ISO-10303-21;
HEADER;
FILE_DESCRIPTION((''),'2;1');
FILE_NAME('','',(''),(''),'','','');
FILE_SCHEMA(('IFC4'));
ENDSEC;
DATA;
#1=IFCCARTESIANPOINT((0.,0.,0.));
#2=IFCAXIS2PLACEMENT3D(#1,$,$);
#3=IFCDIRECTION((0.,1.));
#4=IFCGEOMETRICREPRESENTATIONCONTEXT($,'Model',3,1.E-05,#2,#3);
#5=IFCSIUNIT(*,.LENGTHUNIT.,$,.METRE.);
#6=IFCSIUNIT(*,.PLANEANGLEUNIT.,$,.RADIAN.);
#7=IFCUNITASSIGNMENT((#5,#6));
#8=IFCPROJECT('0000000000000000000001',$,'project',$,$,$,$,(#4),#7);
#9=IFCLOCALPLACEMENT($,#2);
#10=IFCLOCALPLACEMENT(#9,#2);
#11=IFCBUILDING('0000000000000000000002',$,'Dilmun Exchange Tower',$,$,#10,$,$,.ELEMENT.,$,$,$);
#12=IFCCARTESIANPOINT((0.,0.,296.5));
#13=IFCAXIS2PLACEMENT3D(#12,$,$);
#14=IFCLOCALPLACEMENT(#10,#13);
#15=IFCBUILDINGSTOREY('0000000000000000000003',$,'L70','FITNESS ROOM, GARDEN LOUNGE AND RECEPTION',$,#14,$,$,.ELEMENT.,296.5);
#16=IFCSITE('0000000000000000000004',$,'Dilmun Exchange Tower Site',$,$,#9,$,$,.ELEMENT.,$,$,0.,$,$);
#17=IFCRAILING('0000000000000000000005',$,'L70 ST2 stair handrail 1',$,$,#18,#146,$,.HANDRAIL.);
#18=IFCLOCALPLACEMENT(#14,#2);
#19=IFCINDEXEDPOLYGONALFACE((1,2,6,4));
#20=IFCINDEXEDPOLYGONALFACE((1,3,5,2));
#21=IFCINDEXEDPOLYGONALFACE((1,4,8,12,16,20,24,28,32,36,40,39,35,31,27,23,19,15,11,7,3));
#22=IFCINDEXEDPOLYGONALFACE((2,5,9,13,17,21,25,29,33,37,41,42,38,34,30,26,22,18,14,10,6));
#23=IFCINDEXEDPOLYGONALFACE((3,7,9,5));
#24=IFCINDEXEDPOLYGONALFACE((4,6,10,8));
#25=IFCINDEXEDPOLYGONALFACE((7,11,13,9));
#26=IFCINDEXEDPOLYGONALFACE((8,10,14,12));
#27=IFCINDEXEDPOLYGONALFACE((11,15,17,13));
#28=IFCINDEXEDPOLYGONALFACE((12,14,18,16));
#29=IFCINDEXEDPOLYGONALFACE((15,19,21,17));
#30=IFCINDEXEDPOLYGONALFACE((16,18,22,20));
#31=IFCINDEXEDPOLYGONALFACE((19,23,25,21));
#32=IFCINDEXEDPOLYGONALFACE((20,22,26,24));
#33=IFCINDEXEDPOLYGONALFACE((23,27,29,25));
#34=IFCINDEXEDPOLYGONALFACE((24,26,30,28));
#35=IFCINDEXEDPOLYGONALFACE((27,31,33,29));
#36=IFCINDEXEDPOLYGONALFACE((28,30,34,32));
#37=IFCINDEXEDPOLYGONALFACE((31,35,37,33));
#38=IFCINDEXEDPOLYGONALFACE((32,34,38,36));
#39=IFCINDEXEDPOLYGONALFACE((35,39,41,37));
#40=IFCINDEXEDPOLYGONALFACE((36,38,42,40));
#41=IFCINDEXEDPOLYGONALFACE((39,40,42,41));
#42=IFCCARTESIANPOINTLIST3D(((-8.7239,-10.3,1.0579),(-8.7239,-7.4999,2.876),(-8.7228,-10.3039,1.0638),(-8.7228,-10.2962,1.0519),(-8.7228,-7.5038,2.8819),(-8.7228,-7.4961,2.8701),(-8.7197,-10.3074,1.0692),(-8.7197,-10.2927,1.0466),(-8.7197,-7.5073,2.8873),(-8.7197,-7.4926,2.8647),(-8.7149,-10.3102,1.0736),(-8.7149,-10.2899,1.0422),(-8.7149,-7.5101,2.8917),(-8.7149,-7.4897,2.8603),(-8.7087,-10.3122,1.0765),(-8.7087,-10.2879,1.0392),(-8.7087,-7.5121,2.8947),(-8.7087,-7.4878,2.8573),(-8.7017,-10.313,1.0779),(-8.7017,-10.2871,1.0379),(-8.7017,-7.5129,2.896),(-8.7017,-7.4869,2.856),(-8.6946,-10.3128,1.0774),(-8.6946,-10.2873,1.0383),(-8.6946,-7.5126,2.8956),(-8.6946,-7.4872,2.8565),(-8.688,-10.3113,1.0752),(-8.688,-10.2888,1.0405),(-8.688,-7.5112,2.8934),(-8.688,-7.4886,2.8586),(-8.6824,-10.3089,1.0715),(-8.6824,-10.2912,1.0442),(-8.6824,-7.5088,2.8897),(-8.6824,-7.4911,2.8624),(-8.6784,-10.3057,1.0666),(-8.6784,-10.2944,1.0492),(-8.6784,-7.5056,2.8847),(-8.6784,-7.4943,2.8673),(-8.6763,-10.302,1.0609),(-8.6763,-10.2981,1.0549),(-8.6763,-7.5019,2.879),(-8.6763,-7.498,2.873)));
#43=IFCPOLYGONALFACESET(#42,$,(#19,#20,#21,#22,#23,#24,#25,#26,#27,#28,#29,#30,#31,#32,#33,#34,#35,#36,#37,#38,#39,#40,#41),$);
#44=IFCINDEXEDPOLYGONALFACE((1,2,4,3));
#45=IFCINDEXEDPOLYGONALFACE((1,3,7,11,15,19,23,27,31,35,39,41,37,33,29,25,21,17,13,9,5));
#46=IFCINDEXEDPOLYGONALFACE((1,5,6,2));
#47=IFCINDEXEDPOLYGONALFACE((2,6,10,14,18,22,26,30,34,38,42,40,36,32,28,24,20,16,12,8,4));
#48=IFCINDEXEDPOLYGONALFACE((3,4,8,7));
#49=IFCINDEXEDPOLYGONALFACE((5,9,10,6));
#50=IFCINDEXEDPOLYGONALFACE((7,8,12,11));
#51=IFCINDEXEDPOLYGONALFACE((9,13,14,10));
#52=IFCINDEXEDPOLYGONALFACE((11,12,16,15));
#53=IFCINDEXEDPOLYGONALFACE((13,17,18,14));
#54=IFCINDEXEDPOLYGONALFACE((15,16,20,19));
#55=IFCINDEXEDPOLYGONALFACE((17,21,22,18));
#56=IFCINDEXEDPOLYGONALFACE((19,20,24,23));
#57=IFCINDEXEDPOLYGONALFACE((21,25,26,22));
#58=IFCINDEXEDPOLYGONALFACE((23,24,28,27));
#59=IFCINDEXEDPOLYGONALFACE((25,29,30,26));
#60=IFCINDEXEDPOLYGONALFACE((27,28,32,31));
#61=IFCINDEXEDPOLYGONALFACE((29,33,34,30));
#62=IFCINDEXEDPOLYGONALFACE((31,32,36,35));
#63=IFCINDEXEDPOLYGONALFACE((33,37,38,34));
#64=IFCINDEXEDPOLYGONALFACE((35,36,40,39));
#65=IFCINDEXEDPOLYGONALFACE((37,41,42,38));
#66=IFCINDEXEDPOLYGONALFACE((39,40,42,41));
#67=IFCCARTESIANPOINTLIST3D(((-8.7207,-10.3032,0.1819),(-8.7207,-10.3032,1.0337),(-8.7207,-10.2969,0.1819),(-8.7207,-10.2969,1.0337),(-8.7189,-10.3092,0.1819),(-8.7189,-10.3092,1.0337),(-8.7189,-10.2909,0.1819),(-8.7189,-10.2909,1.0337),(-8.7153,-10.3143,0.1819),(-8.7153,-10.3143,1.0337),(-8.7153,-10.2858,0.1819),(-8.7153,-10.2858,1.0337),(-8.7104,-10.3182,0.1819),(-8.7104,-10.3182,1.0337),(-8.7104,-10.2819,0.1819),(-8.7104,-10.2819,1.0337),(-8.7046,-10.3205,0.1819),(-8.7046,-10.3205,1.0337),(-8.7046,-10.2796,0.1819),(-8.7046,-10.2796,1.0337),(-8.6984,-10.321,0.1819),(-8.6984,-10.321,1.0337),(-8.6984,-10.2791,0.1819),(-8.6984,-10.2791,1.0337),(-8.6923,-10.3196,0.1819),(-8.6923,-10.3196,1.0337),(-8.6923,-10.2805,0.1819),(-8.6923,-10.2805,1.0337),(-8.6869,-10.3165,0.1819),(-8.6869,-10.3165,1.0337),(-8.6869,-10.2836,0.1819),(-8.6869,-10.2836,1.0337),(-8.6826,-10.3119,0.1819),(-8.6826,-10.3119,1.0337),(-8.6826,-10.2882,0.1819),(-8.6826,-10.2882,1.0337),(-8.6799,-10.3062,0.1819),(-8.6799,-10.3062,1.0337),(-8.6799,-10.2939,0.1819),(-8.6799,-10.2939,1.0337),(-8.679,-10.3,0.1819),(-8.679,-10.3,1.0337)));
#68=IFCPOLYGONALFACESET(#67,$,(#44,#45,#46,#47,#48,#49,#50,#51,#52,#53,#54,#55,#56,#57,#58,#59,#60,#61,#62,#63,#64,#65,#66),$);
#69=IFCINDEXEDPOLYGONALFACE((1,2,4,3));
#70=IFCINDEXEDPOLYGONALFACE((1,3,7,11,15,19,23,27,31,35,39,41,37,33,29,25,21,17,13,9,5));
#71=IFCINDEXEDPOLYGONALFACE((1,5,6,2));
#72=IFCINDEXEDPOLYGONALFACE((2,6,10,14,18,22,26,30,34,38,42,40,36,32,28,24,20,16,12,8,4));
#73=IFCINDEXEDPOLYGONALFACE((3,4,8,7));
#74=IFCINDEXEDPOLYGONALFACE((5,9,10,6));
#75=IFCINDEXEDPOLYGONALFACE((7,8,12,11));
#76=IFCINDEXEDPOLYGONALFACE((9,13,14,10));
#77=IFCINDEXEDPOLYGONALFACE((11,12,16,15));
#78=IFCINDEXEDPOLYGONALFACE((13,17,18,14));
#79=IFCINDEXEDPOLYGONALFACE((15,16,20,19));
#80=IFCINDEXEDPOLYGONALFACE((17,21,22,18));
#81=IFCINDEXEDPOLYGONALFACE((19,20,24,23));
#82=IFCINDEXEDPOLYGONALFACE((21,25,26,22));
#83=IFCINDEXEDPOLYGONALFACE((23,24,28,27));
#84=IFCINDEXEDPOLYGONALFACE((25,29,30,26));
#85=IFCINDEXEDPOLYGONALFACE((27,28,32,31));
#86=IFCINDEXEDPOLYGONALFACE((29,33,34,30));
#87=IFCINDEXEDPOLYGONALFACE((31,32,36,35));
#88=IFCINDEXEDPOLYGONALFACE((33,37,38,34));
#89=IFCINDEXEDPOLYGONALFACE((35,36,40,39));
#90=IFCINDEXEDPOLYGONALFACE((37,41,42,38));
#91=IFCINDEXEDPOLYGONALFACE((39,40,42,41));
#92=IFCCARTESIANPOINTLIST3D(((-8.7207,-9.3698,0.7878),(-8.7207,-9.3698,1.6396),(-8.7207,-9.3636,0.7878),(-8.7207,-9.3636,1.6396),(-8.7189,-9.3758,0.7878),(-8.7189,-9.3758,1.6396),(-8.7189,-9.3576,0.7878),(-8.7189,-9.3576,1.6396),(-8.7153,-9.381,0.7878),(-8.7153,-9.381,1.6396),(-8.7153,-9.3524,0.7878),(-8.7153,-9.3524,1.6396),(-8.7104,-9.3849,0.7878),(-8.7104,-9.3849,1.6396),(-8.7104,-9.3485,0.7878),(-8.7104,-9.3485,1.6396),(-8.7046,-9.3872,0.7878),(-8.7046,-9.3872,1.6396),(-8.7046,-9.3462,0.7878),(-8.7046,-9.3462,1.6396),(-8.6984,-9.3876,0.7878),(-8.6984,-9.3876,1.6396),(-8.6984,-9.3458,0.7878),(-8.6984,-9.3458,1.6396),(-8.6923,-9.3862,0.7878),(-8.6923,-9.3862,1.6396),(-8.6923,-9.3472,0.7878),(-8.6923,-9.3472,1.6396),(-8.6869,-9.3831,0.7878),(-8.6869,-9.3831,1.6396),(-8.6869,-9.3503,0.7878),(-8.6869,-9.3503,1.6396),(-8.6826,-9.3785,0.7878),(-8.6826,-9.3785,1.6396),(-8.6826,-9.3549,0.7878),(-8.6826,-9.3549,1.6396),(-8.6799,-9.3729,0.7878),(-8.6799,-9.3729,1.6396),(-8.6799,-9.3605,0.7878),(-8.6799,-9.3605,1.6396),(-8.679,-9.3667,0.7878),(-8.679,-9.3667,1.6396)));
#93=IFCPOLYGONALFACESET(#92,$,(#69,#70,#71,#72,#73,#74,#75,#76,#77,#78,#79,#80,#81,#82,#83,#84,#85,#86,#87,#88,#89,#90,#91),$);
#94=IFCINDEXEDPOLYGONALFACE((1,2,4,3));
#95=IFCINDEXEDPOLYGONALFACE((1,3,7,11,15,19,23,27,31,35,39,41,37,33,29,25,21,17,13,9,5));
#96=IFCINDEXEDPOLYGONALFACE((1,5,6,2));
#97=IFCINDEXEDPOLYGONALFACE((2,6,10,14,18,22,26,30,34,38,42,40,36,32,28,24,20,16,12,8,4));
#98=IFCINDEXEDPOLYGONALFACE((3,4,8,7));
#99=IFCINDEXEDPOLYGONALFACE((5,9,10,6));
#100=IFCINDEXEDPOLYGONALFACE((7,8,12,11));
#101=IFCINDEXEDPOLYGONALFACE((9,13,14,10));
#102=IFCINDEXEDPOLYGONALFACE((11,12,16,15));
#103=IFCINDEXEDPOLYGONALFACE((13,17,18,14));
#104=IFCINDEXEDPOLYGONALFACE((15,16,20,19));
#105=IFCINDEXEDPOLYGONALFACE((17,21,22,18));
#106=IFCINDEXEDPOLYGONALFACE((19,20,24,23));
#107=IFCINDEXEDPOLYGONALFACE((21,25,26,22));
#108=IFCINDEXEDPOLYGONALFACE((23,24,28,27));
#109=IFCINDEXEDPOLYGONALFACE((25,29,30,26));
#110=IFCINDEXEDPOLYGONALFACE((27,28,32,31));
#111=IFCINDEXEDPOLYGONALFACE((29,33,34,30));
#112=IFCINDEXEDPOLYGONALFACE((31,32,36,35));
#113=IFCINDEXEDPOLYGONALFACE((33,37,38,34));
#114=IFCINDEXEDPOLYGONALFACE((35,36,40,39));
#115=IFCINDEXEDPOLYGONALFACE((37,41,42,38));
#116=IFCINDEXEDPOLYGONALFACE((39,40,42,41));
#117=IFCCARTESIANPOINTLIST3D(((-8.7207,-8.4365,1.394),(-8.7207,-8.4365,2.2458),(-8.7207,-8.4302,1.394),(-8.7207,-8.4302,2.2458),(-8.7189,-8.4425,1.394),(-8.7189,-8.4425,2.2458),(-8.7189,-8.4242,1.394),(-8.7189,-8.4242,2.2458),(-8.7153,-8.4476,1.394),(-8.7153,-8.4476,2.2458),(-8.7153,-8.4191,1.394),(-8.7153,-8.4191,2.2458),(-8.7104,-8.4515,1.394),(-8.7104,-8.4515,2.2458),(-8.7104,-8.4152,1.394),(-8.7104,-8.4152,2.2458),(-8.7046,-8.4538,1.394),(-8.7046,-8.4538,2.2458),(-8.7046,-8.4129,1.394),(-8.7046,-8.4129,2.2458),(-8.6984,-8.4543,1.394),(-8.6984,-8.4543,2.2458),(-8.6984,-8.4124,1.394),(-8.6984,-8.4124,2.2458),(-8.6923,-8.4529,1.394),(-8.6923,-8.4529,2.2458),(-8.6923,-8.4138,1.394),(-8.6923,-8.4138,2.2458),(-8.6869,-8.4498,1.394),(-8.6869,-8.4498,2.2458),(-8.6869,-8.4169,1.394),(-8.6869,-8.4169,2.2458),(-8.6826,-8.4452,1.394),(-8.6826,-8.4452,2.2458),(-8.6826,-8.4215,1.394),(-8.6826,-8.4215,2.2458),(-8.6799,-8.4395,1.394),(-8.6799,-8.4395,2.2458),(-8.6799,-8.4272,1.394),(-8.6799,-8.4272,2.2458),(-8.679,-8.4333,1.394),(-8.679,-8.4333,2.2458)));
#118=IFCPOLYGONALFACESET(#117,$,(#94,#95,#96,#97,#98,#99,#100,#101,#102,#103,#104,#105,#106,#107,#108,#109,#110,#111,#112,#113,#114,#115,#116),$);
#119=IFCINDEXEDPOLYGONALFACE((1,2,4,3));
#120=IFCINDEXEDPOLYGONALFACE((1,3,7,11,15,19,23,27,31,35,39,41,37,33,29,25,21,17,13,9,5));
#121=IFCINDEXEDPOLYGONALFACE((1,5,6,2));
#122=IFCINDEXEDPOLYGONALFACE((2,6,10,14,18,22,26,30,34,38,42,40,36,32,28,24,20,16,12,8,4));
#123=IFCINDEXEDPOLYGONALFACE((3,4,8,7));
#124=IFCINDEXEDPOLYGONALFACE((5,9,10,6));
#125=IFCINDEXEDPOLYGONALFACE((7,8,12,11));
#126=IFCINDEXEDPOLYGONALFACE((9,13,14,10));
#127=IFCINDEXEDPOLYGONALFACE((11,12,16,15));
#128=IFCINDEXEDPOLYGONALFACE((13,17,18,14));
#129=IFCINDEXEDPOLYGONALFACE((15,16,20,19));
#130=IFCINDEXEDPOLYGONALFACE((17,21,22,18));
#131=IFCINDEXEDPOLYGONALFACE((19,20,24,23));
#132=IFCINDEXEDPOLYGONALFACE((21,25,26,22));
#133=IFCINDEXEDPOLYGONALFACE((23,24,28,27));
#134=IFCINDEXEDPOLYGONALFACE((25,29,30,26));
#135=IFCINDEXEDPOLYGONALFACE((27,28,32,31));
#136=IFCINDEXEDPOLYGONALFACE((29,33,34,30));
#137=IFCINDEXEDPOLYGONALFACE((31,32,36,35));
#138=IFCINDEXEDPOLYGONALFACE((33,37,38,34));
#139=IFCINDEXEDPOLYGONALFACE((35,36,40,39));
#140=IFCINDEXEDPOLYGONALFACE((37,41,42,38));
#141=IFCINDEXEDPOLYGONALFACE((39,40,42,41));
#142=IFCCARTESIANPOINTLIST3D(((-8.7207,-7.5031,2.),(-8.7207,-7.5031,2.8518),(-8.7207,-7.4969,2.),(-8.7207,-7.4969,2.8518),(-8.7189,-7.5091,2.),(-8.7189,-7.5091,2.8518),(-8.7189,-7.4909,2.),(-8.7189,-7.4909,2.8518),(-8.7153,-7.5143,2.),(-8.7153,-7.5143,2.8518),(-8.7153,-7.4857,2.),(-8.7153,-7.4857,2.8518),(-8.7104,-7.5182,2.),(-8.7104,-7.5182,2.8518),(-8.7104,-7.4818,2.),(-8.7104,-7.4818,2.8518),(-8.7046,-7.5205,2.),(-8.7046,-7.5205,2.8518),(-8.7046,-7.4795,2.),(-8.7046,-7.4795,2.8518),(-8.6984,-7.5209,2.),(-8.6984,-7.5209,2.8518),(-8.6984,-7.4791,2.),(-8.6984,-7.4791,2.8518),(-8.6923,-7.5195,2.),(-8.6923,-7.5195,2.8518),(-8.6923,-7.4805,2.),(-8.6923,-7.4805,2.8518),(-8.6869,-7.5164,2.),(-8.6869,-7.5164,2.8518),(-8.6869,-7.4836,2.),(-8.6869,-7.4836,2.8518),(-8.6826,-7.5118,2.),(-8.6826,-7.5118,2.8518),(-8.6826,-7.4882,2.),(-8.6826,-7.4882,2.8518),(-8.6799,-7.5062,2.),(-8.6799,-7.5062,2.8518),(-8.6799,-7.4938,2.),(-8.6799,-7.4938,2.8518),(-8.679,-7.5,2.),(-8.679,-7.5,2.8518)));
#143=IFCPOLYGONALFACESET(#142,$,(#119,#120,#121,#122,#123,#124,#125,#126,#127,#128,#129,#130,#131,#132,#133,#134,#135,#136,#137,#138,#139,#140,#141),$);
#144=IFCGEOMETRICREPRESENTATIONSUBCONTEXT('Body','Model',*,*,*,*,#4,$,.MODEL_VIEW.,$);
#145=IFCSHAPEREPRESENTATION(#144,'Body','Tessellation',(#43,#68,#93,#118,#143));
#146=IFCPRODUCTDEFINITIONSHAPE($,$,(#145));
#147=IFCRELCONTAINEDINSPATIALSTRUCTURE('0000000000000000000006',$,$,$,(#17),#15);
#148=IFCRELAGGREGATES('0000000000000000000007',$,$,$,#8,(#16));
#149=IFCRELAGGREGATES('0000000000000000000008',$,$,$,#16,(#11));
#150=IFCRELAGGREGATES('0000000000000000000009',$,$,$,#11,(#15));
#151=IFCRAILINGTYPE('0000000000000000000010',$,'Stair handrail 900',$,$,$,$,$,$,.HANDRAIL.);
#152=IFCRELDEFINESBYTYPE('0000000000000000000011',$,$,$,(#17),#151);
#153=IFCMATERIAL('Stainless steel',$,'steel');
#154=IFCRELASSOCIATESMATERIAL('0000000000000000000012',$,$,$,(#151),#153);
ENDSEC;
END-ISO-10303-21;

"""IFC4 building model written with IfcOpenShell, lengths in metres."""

from ifc_helpers import new_model, si_unit, direction, frame, origin, origin_2d, place, context, subcontext, project, spatial, circle, extrude, material, type_object, element, save


model = new_model("IFC4")

# Units and contexts
model_context = context("Model", 3, precision=1e-05, world=origin(), true_north=direction((0.0, 1.0)))
body_context = subcontext(model_context, "Body", "Model", "MODEL_VIEW")
ifc_project = project(units=[si_unit("LENGTHUNIT", "METRE"), si_unit("PLANEANGLEUNIT", "RADIAN")], contexts=[model_context])

# Site, building, storey
site_placement = place(None, origin())
site = spatial("IfcSite", under=ifc_project, at=site_placement, Name="Dilmun Exchange Tower Site", CompositionType="ELEMENT", RefElevation=0.0)
building_placement = place(site_placement, origin())
building = spatial("IfcBuilding", under=site, at=building_placement, Name="Dilmun Exchange Tower", CompositionType="ELEMENT")
storey_placement = place(building_placement, frame((0.0, 0.0, 296.5)))
storey = spatial("IfcBuildingStorey", under=building, at=storey_placement, Name="L70", Description="FITNESS ROOM, GARDEN LOUNGE AND RECEPTION", CompositionType="ELEMENT", Elevation=296.5)

# Railing
ifc_material_1 = material(Name="Stainless steel", Category="steel")
railing_type = type_object("IfcRailingType", Name="Stair handrail 900", PredefinedType="HANDRAIL", material=ifc_material_1)
railing_placement = place(storey_placement, frame((-8.7, -10.3, 0.1819)))
element("IfcRailing", 1, at=railing_placement, inside=storey, type_object=railing_type, Name="L70 ST2 stair handrail 1", PredefinedType="HANDRAIL", context=body_context, shape_type="SweptSolid", body=[
    extrude(circle(Radius=0.0239, at=origin_2d()), frame((0.0, 0.0, 0.876), z_axis=(0.0, 0.838706, 0.544585), x_axis=(-1.0, 0.0, 0.0)), (0.0, 0.0, 1.0), 3.3386),
    extrude(circle(Radius=0.021, at=origin_2d()), origin(), (0.0, 0.0, 1.0), 0.8518),
    extrude(circle(Radius=0.021, at=origin_2d()), frame((0.0, 0.9333, 0.606)), (0.0, 0.0, 1.0), 0.8518),
    extrude(circle(Radius=0.021, at=origin_2d()), frame((0.0, 1.8667, 1.2122)), (0.0, 0.0, 1.0), 0.8518),
    extrude(circle(Radius=0.021, at=origin_2d()), frame((0.0, 2.8, 1.8181)), (0.0, 0.0, 1.0), 0.8518),
])

save(model, "model.ifc")
